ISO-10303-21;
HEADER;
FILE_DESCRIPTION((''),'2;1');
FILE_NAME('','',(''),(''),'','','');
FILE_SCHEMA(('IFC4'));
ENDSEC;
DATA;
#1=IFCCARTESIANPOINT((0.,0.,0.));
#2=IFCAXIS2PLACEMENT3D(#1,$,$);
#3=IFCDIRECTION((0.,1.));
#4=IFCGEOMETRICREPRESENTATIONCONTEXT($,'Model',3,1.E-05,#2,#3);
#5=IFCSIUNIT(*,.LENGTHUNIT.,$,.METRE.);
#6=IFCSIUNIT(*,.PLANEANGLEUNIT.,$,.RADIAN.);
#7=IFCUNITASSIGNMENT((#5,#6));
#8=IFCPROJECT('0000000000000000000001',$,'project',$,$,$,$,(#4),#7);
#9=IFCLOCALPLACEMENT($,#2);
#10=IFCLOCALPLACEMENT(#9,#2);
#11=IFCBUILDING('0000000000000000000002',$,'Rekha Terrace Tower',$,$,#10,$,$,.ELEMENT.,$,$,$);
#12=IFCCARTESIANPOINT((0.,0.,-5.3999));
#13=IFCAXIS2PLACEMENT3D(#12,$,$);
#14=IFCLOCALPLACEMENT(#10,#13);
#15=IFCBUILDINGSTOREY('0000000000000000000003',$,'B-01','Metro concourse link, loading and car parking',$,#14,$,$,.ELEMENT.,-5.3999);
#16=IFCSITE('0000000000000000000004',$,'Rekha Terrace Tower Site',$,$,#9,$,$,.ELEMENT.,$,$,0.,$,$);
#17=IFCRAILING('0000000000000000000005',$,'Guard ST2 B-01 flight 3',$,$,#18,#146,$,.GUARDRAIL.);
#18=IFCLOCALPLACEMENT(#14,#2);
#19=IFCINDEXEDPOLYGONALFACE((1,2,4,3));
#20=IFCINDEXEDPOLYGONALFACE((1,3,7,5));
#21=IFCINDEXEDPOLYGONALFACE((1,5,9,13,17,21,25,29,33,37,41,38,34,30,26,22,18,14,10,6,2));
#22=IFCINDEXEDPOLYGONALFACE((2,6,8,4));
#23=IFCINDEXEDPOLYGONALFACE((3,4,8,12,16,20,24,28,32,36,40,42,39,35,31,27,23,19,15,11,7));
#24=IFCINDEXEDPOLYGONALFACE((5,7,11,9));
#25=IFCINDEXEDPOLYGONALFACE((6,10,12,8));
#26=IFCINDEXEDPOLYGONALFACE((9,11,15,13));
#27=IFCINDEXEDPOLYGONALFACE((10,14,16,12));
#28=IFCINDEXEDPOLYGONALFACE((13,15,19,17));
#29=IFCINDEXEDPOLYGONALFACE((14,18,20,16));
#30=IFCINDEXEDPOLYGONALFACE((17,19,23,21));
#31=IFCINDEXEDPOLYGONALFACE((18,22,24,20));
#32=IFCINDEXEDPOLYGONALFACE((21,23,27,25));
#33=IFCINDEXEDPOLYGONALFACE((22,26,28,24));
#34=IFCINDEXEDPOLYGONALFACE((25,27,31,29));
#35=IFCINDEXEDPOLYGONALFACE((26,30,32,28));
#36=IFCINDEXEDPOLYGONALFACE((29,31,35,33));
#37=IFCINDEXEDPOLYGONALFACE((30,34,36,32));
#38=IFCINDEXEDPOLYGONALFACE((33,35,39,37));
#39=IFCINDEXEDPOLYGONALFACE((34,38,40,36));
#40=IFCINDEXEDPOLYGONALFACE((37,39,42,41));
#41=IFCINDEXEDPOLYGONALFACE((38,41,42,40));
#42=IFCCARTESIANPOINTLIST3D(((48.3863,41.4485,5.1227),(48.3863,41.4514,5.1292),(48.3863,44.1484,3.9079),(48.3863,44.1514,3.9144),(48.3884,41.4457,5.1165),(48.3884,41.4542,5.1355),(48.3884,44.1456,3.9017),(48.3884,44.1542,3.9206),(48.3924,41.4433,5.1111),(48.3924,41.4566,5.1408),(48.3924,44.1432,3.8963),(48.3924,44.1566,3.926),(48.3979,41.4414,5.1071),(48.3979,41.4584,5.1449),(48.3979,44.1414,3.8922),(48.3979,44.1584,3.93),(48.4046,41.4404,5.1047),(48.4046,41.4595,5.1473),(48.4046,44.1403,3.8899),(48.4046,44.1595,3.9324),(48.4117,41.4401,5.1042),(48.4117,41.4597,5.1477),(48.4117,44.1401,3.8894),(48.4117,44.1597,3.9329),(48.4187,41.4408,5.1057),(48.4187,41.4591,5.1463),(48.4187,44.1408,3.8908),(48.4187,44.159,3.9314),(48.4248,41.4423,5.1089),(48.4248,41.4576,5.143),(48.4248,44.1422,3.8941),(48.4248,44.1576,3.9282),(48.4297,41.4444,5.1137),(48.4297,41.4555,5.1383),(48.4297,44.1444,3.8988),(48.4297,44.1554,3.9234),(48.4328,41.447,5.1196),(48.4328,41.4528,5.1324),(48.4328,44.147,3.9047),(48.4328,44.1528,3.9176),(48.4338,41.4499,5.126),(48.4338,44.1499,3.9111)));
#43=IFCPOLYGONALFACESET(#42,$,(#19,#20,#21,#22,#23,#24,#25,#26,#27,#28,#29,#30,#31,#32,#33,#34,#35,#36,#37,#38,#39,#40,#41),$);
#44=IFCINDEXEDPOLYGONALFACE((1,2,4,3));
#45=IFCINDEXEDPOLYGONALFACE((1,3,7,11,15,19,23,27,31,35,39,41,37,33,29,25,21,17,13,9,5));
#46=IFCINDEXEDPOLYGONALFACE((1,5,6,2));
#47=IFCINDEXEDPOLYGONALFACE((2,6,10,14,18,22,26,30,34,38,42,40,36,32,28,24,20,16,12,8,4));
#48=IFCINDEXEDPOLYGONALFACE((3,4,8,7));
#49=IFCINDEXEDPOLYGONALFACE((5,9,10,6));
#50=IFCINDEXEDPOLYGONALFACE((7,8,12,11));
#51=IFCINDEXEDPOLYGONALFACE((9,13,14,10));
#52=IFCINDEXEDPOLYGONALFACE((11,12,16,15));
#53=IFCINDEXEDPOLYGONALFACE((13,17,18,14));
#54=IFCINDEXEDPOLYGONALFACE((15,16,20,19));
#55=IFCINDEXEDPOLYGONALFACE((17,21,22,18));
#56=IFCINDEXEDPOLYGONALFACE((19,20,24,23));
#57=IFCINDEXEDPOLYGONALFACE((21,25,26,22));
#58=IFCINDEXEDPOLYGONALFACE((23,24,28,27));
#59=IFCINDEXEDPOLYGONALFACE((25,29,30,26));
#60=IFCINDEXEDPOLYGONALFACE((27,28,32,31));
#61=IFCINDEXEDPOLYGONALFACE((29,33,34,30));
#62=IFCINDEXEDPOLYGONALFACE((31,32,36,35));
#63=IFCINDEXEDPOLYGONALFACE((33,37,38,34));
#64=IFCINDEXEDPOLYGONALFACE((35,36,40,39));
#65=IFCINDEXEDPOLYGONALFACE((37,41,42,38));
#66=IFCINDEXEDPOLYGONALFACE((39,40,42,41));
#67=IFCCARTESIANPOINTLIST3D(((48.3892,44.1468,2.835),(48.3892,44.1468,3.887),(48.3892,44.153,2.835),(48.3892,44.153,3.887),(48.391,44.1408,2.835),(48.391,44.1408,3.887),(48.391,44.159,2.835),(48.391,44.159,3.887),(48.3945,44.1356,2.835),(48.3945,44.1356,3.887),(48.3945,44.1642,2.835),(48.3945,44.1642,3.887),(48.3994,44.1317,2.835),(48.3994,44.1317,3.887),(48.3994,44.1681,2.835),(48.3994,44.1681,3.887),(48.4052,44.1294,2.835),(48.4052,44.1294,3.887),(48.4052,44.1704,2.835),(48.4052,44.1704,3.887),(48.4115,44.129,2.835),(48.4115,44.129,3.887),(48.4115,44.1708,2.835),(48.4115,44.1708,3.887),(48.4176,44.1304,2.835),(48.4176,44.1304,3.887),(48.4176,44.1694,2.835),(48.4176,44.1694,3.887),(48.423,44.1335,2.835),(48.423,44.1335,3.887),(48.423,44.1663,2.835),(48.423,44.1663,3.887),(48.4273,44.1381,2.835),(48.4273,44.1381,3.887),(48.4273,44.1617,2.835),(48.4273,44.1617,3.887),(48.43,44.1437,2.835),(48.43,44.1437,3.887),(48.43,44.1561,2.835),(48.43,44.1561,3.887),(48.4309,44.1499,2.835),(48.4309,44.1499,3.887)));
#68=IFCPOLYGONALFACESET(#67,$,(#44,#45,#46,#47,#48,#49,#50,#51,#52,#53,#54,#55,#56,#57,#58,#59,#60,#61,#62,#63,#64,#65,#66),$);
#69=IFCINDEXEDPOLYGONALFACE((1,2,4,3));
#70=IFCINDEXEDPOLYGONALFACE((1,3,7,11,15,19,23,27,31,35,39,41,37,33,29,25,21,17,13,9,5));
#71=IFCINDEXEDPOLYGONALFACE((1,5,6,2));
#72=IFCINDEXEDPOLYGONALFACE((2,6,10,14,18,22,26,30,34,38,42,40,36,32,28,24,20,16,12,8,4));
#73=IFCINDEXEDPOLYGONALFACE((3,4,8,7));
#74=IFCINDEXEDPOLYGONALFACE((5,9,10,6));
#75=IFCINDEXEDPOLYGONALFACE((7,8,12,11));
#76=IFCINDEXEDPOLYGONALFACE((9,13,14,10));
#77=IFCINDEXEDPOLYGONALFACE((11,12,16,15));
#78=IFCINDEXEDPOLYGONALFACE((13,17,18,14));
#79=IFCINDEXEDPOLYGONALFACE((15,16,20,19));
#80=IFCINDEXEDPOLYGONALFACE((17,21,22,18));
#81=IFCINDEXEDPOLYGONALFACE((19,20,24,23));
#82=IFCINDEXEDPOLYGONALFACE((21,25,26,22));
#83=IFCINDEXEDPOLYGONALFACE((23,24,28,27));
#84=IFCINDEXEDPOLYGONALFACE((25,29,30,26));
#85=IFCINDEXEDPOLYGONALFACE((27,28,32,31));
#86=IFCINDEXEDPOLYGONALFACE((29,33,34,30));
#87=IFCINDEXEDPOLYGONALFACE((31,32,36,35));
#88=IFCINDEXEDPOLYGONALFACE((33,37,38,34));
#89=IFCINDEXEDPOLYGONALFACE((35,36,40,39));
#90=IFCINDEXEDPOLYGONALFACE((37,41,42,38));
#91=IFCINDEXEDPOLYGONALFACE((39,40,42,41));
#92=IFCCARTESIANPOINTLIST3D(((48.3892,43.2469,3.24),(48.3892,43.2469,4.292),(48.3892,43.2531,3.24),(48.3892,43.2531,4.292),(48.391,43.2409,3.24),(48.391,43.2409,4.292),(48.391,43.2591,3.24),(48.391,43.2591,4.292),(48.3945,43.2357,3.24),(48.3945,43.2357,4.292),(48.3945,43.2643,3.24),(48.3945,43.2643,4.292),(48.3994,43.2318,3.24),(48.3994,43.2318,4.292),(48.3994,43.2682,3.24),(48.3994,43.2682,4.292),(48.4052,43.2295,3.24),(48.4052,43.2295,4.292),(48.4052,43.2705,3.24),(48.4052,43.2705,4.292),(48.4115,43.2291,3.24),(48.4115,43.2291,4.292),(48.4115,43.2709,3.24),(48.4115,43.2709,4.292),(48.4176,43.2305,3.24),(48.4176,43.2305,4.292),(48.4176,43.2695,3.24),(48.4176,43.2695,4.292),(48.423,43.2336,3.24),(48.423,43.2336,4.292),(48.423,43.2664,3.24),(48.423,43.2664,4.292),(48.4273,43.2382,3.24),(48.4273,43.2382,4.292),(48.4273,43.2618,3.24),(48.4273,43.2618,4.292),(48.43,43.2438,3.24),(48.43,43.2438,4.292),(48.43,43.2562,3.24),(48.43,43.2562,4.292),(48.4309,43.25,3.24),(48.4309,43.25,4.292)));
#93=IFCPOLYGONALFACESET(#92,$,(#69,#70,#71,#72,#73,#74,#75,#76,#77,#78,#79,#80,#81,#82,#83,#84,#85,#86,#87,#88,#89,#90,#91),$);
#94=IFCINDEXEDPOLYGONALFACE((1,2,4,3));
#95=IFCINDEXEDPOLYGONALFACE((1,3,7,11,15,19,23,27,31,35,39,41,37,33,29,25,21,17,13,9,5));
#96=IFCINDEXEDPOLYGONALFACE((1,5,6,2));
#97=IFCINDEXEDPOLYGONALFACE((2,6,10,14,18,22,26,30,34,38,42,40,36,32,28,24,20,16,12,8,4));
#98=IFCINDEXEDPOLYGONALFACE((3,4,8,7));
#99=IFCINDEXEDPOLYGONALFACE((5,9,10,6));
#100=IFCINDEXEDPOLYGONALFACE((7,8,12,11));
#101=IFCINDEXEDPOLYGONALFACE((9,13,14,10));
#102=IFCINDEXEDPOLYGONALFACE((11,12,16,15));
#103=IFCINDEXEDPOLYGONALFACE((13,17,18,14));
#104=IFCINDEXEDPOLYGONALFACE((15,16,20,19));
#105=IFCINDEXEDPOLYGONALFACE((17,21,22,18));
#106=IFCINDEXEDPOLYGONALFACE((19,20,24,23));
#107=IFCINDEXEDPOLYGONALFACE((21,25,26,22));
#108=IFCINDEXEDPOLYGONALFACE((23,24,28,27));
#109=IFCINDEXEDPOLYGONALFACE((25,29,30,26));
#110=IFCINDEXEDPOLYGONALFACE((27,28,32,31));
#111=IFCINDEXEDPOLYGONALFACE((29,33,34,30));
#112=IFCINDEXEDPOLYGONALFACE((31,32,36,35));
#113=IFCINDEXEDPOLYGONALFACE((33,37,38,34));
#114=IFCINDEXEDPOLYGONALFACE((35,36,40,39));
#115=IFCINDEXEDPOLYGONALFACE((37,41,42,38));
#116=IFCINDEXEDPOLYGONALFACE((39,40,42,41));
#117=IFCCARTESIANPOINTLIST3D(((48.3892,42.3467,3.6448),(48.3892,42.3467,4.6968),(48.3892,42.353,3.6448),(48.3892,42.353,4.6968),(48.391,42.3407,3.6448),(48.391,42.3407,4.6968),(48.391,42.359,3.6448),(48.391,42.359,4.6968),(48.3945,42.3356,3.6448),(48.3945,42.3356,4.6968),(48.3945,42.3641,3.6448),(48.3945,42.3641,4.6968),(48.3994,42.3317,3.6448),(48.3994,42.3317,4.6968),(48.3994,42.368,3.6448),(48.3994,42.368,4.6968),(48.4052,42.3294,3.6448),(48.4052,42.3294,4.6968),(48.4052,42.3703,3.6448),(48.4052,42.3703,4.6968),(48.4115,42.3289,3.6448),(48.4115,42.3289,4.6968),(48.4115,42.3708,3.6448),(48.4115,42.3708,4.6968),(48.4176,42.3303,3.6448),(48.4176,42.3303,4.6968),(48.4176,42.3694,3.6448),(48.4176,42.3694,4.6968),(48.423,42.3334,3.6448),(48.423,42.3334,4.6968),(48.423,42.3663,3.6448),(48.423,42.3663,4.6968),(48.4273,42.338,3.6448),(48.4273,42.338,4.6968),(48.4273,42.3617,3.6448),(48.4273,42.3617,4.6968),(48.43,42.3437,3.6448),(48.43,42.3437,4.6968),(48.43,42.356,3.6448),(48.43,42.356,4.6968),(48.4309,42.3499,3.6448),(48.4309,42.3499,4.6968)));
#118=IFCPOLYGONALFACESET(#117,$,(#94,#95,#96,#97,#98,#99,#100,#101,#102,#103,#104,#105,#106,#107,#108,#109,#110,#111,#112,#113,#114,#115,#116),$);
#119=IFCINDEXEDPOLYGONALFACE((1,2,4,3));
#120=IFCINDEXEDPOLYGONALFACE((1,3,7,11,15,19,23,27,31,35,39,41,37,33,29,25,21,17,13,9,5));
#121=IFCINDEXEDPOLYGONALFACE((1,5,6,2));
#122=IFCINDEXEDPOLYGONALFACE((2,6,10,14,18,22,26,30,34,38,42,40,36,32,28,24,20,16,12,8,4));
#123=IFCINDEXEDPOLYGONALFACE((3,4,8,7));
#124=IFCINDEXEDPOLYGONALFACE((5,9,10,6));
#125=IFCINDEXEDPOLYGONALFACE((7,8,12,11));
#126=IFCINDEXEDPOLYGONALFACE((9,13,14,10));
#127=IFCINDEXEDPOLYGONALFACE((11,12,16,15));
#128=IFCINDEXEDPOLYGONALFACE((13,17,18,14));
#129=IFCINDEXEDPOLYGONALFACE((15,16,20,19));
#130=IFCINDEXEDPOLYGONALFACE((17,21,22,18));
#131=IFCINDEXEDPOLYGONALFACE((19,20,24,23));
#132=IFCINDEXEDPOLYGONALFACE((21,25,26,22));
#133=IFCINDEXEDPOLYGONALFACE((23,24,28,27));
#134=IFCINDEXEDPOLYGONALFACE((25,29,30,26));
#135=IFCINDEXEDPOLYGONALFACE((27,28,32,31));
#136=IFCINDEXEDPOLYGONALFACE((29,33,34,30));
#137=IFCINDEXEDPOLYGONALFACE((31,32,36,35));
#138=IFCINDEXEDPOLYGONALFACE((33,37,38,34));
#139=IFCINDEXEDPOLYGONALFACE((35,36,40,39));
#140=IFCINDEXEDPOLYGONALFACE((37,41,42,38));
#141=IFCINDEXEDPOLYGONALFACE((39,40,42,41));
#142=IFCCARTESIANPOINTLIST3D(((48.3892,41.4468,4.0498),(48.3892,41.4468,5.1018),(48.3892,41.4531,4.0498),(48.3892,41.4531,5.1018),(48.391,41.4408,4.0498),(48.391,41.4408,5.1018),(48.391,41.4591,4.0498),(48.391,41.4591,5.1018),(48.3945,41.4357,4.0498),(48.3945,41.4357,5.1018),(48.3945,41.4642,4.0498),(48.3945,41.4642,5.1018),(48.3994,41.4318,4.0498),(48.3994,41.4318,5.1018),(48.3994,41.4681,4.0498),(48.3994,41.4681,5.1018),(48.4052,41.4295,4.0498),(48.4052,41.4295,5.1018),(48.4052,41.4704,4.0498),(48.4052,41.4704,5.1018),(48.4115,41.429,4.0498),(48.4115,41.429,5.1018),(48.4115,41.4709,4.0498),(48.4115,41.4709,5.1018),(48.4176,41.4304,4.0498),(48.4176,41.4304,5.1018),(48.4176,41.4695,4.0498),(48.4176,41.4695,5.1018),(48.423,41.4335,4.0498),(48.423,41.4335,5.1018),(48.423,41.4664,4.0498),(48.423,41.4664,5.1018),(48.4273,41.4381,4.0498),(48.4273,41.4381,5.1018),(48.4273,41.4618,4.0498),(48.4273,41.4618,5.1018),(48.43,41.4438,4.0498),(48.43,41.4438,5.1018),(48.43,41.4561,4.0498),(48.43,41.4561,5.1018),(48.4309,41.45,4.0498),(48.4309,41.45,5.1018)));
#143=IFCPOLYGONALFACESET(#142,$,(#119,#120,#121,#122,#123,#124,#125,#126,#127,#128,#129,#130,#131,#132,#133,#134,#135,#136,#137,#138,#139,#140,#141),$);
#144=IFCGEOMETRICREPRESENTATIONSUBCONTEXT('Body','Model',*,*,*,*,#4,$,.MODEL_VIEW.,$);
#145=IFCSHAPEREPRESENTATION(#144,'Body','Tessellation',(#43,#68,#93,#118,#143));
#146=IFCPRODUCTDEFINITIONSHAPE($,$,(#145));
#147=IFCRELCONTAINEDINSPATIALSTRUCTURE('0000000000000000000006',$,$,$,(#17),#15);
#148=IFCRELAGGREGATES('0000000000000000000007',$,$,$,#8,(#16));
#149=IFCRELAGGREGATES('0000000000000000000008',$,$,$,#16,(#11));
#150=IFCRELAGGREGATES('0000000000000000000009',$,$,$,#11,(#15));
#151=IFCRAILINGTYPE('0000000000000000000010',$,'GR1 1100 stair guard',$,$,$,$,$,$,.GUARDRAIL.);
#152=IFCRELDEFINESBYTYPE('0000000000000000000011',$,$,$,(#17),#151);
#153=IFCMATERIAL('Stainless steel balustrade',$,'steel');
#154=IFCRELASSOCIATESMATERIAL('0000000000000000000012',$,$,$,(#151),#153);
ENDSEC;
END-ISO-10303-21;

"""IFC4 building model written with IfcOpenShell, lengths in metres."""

from ifc_helpers import new_model, si_unit, direction, frame, origin, origin_2d, place, context, subcontext, project, spatial, circle, extrude, material, type_object, element, save


model = new_model("IFC4")

# Units and contexts
model_context = context("Model", 3, precision=1e-05, world=origin(), true_north=direction((0.0, 1.0)))
body_context = subcontext(model_context, "Body", "Model", "MODEL_VIEW")
ifc_project = project(units=[si_unit("LENGTHUNIT", "METRE"), si_unit("PLANEANGLEUNIT", "RADIAN")], contexts=[model_context])

# Site, building, storey
site_placement = place(None, origin())
site = spatial("IfcSite", under=ifc_project, at=site_placement, Name="Rekha Terrace Tower Site", CompositionType="ELEMENT", RefElevation=0.0)
building_placement = place(site_placement, origin())
building = spatial("IfcBuilding", under=site, at=building_placement, Name="Rekha Terrace Tower", CompositionType="ELEMENT")
storey_placement = place(building_placement, frame((0.0, 0.0, -5.3999)))
storey = spatial("IfcBuildingStorey", under=building, at=storey_placement, Name="B-01", Description="Metro concourse link, loading and car parking", CompositionType="ELEMENT", Elevation=-5.3999)

# Railing
ifc_material_1 = material(Name="Stainless steel balustrade", Category="steel")
railing_type_1 = type_object("IfcRailingType", Name="GR1 1100 stair guard", PredefinedType="GUARDRAIL", material=ifc_material_1)
railing_1_placement = place(storey_placement, frame((48.4099, 44.1499, 2.835)))
element("IfcRailing", 1, at=railing_1_placement, inside=storey, type_object=railing_type_1, Name="Guard ST2 B-01 flight 3", PredefinedType="GUARDRAIL", context=body_context, shape_type="SweptSolid", body=[
    extrude(circle(Radius=0.0239, at=origin_2d()), frame((0.0, 0.0, 1.0762), z_axis=(0.0, -0.911938, 0.410327), x_axis=(1.0, 0.0, 0.0)), (0.0, 0.0, 1.0), 2.9607),
    extrude(circle(Radius=0.021, at=origin_2d()), origin(), (0.0, 0.0, 1.0), 1.052),
    extrude(circle(Radius=0.021, at=origin_2d()), frame((0.0, -0.8999, 0.405)), (0.0, 0.0, 1.0), 1.052),
    extrude(circle(Radius=0.021, at=origin_2d()), frame((0.0, -1.8, 0.8098)), (0.0, 0.0, 1.0), 1.052),
    extrude(circle(Radius=0.021, at=origin_2d()), frame((0.0, -2.7, 1.2148)), (0.0, 0.0, 1.0), 1.052),
])

save(model, "model.ifc")
